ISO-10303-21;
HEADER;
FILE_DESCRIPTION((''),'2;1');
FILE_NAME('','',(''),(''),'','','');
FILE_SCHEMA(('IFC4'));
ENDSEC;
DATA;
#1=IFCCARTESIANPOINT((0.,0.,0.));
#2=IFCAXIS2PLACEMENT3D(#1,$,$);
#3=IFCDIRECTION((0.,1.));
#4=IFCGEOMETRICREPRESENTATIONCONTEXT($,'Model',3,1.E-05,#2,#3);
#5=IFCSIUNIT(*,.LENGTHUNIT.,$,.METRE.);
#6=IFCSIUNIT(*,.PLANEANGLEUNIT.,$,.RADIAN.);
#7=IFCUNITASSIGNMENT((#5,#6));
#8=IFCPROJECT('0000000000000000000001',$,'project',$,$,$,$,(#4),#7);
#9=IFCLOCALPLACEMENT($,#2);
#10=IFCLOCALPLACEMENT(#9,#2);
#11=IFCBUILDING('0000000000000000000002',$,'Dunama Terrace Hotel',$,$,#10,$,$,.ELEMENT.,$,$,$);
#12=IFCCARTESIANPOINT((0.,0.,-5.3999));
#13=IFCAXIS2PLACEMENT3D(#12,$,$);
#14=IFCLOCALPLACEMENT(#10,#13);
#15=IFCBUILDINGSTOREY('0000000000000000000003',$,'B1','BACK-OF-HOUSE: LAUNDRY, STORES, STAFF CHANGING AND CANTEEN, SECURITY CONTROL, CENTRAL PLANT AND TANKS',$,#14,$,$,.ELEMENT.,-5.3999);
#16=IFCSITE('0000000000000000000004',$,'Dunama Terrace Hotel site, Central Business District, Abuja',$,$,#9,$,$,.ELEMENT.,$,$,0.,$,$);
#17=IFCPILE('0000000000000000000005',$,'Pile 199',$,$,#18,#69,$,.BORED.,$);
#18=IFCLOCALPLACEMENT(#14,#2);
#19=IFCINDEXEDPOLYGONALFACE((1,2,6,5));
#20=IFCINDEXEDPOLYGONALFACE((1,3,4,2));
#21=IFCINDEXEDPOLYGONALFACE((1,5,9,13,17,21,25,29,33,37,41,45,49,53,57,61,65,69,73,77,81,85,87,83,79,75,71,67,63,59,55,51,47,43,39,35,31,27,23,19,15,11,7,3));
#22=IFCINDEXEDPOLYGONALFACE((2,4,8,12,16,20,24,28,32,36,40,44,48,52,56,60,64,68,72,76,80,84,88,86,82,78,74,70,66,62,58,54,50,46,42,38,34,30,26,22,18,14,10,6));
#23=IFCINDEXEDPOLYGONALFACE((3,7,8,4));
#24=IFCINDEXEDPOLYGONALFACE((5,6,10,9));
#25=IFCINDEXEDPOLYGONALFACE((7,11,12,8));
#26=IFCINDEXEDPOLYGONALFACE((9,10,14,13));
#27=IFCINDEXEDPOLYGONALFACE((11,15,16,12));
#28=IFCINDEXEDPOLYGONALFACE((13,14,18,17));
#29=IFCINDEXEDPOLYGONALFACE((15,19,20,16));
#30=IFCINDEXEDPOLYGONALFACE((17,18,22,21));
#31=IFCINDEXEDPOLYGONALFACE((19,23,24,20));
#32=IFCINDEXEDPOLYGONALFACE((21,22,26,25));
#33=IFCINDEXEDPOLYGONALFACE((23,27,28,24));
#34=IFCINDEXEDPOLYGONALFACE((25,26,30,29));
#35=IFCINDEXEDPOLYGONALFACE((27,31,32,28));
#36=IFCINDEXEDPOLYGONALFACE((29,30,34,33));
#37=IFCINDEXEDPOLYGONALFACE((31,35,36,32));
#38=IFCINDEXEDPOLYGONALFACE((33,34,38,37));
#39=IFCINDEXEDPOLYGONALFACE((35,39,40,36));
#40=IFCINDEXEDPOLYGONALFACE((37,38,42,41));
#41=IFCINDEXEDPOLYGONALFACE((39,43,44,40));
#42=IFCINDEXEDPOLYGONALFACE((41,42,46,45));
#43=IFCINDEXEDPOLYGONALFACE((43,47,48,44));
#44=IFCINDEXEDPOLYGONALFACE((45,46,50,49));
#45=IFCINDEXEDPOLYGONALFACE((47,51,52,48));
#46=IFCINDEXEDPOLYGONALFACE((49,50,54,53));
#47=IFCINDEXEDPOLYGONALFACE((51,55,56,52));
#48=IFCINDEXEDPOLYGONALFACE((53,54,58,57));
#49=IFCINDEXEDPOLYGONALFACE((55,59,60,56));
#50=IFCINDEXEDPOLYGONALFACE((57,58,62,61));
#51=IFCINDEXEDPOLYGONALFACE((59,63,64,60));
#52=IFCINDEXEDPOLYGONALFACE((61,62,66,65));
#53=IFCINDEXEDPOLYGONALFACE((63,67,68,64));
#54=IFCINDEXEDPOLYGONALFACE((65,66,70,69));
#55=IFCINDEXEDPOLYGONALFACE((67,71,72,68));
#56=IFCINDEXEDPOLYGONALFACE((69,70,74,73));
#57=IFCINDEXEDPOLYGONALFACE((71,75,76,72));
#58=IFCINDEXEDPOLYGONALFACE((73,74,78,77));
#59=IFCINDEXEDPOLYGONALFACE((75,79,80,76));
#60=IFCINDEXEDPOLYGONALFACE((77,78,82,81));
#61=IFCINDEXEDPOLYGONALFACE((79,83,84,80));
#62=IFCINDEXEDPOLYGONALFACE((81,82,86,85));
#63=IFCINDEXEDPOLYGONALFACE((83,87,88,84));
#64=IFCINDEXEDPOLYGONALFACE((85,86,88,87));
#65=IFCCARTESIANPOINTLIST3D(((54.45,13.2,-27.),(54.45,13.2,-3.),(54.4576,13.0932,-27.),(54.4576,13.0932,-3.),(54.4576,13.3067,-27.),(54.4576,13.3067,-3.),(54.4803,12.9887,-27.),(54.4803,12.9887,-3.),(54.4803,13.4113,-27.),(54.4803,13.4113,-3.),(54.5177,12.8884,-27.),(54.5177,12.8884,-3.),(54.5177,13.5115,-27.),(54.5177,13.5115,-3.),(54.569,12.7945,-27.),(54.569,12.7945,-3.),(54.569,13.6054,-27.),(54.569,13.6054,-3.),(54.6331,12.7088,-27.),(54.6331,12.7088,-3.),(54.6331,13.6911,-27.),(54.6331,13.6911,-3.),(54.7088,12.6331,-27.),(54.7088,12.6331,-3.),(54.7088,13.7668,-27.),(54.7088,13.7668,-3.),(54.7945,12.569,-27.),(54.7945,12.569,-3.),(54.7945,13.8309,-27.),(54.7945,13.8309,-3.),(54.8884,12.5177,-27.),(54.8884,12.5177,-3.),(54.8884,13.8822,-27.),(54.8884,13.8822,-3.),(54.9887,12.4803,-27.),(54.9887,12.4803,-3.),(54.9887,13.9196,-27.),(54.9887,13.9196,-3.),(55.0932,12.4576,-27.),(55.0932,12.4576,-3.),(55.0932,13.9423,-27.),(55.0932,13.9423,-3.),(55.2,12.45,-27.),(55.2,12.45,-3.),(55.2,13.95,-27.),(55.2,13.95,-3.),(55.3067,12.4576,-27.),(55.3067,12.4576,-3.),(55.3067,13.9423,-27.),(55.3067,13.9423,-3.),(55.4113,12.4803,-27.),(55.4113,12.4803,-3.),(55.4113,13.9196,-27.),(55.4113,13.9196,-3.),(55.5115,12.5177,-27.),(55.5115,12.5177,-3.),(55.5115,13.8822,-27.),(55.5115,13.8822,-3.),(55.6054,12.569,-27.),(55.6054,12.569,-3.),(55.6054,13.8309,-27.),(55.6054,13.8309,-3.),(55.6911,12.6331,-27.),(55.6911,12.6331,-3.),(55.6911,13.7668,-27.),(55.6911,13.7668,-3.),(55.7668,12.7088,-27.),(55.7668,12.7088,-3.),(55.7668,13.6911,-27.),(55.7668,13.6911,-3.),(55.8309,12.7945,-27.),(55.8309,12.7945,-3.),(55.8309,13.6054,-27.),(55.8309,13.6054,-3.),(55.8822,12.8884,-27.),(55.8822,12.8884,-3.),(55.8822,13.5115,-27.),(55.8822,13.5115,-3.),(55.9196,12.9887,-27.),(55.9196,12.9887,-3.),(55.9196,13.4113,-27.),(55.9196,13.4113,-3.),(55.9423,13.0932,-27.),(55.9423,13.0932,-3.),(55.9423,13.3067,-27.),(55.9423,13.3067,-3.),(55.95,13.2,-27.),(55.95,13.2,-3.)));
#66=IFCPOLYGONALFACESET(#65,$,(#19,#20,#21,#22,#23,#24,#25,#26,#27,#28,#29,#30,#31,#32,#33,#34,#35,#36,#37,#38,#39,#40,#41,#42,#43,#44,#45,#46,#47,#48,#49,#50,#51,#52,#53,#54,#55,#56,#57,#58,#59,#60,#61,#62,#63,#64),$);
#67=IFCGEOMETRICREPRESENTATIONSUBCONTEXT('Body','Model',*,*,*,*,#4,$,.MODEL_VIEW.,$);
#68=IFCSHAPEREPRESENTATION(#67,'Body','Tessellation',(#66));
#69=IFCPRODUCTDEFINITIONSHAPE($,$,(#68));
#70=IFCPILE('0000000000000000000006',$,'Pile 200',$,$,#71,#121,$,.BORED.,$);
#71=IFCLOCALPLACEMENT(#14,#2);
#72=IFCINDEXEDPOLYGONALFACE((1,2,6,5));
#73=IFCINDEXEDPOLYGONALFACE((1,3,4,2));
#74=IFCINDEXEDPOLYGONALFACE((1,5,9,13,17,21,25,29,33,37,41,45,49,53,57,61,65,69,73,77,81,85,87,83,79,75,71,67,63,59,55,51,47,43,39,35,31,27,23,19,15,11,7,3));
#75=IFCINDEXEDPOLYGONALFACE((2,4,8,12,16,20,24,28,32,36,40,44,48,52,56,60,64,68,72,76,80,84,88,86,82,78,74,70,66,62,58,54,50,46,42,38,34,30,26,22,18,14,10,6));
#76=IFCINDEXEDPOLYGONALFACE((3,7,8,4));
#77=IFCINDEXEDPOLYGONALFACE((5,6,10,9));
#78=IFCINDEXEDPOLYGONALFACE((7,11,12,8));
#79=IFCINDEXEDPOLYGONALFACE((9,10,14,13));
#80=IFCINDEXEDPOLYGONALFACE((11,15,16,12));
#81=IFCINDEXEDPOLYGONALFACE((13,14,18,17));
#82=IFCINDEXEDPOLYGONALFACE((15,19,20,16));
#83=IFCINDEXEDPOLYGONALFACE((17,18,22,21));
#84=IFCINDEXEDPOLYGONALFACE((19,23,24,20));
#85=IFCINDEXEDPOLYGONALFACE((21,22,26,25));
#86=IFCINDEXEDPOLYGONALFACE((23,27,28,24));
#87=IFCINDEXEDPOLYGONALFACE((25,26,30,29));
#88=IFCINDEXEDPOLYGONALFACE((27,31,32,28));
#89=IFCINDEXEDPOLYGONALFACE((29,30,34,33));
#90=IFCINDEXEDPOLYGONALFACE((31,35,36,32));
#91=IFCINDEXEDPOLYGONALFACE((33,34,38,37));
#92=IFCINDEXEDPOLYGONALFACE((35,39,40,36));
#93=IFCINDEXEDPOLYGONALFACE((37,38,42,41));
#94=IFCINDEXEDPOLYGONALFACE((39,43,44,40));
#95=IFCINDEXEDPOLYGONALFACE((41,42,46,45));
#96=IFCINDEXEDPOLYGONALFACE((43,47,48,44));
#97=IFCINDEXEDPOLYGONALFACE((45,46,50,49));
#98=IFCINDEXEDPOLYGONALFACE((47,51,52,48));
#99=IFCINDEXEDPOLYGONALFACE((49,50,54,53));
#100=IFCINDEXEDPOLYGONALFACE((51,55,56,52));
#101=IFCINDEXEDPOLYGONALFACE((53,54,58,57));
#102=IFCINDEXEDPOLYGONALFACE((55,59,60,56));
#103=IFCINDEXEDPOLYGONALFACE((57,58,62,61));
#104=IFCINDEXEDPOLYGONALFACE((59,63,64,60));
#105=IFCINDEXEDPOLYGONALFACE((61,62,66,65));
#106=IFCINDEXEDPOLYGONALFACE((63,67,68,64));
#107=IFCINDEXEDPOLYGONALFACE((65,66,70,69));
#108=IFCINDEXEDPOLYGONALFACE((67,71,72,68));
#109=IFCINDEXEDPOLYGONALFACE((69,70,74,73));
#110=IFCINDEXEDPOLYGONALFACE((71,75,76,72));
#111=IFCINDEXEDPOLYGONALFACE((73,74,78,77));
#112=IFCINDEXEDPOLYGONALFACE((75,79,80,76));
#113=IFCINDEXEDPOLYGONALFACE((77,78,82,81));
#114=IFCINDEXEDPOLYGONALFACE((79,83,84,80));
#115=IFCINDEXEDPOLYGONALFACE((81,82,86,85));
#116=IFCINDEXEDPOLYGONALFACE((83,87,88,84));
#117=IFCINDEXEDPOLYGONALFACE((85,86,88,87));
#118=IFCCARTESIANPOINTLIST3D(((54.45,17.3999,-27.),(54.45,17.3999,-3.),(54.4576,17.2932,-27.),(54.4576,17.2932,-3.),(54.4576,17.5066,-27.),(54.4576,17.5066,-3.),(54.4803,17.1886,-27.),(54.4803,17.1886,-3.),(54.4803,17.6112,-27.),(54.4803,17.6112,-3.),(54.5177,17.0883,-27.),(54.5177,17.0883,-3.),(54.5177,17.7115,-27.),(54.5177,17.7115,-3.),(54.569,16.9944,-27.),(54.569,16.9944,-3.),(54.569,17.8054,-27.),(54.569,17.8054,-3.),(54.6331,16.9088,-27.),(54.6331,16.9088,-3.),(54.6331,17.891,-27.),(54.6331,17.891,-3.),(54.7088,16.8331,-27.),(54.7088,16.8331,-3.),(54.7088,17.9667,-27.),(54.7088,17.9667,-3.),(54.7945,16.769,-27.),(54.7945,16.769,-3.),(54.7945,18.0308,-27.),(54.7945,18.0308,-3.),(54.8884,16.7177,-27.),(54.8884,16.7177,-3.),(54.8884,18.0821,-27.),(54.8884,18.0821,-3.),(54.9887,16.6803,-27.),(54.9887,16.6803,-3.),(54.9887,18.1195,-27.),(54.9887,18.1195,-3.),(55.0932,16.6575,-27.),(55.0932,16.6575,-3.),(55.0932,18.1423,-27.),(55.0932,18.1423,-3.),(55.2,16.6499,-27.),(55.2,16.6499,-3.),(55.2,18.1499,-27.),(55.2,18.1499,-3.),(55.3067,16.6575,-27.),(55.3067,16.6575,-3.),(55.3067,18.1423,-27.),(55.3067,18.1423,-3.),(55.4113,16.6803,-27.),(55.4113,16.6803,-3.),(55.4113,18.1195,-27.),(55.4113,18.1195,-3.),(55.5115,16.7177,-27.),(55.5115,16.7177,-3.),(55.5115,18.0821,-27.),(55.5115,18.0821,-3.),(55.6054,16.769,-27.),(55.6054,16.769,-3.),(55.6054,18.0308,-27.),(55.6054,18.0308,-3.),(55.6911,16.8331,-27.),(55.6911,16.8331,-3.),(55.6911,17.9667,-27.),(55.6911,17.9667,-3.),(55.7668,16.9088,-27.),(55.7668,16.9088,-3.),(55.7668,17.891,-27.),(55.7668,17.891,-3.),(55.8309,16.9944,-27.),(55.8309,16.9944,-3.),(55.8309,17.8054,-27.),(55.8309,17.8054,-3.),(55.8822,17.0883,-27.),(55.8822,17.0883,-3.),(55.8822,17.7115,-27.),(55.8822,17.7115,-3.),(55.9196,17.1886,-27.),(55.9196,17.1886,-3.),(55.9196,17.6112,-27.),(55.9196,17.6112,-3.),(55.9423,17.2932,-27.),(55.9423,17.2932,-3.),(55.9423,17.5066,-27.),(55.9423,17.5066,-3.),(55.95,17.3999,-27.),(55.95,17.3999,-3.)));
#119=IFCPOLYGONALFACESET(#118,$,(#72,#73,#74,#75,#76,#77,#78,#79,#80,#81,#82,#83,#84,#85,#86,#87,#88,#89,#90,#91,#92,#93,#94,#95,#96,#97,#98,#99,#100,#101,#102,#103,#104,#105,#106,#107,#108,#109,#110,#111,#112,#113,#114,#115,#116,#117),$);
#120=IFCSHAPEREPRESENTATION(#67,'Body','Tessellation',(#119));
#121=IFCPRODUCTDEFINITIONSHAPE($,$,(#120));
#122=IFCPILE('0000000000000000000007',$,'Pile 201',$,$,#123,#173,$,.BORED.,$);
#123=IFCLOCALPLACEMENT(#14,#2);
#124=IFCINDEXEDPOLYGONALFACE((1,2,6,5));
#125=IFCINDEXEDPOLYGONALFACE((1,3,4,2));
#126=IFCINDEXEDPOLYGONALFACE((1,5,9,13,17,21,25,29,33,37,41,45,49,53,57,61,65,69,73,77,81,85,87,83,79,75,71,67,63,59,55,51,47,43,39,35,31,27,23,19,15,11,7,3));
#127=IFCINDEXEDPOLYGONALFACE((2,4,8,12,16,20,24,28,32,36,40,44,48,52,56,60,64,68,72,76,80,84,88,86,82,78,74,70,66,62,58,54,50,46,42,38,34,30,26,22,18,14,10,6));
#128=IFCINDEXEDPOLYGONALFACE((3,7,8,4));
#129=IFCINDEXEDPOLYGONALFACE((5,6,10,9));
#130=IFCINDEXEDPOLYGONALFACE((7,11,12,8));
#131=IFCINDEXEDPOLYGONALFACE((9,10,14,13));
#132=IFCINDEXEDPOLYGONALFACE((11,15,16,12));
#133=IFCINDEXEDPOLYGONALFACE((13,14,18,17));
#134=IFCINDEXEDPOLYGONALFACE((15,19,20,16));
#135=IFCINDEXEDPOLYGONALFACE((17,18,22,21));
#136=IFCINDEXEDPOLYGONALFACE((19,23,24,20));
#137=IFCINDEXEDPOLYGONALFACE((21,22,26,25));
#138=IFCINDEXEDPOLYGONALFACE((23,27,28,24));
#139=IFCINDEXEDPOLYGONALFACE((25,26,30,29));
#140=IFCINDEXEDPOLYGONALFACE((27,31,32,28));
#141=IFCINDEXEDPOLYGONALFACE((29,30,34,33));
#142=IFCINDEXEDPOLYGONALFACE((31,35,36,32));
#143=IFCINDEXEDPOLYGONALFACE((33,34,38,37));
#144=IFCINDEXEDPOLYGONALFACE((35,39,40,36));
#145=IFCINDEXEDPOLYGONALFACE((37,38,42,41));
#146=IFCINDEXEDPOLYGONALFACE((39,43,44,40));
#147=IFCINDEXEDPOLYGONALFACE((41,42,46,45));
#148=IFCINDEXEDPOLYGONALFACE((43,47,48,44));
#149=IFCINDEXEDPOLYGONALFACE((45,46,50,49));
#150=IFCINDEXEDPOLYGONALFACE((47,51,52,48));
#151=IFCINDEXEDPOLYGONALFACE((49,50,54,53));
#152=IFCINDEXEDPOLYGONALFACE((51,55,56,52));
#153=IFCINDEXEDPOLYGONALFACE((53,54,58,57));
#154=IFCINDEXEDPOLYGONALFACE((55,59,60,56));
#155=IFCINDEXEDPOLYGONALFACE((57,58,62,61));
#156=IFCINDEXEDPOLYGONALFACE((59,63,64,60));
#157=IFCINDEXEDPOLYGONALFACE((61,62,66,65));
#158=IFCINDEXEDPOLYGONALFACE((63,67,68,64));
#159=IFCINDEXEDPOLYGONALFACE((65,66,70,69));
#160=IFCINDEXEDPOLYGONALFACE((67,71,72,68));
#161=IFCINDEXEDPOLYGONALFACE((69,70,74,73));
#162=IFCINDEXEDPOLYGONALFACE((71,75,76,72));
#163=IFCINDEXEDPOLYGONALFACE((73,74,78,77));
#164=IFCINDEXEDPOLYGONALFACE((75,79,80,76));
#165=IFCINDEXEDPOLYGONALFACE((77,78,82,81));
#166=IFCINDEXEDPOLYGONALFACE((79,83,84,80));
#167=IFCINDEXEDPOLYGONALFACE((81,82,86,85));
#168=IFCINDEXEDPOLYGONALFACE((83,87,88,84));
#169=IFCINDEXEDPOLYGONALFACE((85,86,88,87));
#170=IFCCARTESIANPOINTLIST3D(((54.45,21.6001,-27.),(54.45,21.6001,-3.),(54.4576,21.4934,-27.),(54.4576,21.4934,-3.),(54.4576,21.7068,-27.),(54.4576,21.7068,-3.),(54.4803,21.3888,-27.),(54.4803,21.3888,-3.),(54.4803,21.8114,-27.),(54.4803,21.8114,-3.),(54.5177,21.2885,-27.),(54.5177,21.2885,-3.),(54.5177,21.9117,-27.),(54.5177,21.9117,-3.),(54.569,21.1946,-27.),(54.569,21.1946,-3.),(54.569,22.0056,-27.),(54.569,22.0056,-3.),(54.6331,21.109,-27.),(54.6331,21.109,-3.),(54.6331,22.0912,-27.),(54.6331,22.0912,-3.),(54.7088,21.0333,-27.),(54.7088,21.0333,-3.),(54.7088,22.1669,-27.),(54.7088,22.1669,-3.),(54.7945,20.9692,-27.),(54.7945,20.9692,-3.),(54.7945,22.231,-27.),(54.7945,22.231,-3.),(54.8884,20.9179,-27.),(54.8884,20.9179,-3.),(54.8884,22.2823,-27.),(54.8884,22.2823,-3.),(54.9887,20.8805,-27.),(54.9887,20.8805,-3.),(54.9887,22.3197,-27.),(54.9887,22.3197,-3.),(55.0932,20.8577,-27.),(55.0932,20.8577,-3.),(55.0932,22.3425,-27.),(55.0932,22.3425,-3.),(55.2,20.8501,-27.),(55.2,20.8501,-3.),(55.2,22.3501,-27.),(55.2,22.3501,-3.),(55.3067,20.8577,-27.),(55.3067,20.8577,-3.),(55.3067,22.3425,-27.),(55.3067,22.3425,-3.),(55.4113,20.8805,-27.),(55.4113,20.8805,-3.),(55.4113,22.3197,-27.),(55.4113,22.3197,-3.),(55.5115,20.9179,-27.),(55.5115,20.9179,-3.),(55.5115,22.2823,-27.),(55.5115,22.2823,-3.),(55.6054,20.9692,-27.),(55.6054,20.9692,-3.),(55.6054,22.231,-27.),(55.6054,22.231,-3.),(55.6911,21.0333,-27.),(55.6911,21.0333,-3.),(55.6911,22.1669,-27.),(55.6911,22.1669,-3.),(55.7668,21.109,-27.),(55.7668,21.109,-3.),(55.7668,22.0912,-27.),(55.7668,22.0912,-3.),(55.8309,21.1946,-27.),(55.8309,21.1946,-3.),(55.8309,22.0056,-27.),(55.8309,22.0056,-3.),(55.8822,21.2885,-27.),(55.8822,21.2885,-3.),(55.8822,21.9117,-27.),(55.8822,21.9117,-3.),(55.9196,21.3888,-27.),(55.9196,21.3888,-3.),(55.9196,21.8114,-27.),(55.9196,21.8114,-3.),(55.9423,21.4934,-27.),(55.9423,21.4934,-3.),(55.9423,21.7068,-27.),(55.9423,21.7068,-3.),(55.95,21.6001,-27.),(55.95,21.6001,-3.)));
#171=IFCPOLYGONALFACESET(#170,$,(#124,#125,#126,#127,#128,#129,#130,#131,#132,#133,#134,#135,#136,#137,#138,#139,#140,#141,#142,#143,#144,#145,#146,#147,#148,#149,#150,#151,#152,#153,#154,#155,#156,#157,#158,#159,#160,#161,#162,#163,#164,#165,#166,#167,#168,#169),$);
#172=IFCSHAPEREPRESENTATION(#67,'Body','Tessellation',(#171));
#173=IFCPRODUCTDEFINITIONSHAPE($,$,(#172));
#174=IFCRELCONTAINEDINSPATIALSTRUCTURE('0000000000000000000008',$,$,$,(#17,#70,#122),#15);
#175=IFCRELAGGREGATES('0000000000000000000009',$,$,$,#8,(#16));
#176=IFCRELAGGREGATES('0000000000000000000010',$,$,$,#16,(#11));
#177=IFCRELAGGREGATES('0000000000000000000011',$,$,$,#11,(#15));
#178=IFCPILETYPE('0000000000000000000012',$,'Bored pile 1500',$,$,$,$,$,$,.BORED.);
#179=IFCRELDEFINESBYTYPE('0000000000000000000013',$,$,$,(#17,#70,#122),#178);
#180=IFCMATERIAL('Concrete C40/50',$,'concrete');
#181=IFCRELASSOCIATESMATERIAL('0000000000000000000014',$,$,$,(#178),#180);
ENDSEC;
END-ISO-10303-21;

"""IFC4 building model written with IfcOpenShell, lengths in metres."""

from ifc_helpers import new_model, si_unit, direction, frame, origin, origin_2d, place, context, subcontext, project, spatial, circle, extrude, material, material_profile, profile_set, type_object, element, save


model = new_model("IFC4")

# Units and contexts
model_context = context("Model", 3, precision=1e-05, world=origin(), true_north=direction((0.0, 1.0)))
body_context = subcontext(model_context, "Body", "Model", "MODEL_VIEW")
ifc_project = project(units=[si_unit("LENGTHUNIT", "METRE"), si_unit("PLANEANGLEUNIT", "RADIAN")], contexts=[model_context])

# Site, building, storey
site_placement = place(None, origin())
site = spatial("IfcSite", under=ifc_project, at=site_placement, Name="Dunama Terrace Hotel site, Central Business District, Abuja", CompositionType="ELEMENT", RefElevation=0.0)
building_placement = place(site_placement, origin())
building = spatial("IfcBuilding", under=site, at=building_placement, Name="Dunama Terrace Hotel", CompositionType="ELEMENT")
storey_placement = place(building_placement, frame((0.0, 0.0, -5.3999)))
storey = spatial("IfcBuildingStorey", under=building, at=storey_placement, Name="B1", Description="BACK-OF-HOUSE: LAUNDRY, STORES, STAFF CHANGING AND CANTEEN, SECURITY CONTROL, CENTRAL PLANT AND TANKS", CompositionType="ELEMENT", Elevation=-5.3999)

# Piles
ifc_material_1 = material(Name="Concrete C40/50", Category="concrete")
ifc_material_profile_1 = material_profile(ifc_material_1, circle(Radius=0.75, at=origin_2d()), Name="PILE D1500")
ifc_profile_set_1 = profile_set([ifc_material_profile_1], Name="Concrete C40/50")
pile_type = type_object("IfcPileType", Name="Bored pile 1500", PredefinedType="BORED", material=ifc_profile_set_1)
for number, where, z_axis, x_axis, name in (
    (1, (55.2, 13.2, -3.0), (0.0, 0.0, -1.0), (1.0, 0.0, 0.0), "Pile 199"),
    (2, (55.2, 17.3999, -3.0), (0.0, 0.0, -1.0), (1.0, 0.0, 0.0), "Pile 200"),
    (3, (55.2, 21.6001, -3.0), (0.0, 0.0, -1.0), (1.0, 0.0, 0.0), "Pile 201"),
):
    element("IfcPile", number, at=place(storey_placement, frame(where, z_axis=z_axis, x_axis=x_axis)), inside=storey, type_object=pile_type, Name=name, PredefinedType="BORED", context=body_context, shape_type="SweptSolid", body=[
        extrude(circle(Radius=0.75, at=origin_2d()), origin(), (0.0, 0.0, 1.0), 24.0),
    ])

save(model, "model.ifc")
